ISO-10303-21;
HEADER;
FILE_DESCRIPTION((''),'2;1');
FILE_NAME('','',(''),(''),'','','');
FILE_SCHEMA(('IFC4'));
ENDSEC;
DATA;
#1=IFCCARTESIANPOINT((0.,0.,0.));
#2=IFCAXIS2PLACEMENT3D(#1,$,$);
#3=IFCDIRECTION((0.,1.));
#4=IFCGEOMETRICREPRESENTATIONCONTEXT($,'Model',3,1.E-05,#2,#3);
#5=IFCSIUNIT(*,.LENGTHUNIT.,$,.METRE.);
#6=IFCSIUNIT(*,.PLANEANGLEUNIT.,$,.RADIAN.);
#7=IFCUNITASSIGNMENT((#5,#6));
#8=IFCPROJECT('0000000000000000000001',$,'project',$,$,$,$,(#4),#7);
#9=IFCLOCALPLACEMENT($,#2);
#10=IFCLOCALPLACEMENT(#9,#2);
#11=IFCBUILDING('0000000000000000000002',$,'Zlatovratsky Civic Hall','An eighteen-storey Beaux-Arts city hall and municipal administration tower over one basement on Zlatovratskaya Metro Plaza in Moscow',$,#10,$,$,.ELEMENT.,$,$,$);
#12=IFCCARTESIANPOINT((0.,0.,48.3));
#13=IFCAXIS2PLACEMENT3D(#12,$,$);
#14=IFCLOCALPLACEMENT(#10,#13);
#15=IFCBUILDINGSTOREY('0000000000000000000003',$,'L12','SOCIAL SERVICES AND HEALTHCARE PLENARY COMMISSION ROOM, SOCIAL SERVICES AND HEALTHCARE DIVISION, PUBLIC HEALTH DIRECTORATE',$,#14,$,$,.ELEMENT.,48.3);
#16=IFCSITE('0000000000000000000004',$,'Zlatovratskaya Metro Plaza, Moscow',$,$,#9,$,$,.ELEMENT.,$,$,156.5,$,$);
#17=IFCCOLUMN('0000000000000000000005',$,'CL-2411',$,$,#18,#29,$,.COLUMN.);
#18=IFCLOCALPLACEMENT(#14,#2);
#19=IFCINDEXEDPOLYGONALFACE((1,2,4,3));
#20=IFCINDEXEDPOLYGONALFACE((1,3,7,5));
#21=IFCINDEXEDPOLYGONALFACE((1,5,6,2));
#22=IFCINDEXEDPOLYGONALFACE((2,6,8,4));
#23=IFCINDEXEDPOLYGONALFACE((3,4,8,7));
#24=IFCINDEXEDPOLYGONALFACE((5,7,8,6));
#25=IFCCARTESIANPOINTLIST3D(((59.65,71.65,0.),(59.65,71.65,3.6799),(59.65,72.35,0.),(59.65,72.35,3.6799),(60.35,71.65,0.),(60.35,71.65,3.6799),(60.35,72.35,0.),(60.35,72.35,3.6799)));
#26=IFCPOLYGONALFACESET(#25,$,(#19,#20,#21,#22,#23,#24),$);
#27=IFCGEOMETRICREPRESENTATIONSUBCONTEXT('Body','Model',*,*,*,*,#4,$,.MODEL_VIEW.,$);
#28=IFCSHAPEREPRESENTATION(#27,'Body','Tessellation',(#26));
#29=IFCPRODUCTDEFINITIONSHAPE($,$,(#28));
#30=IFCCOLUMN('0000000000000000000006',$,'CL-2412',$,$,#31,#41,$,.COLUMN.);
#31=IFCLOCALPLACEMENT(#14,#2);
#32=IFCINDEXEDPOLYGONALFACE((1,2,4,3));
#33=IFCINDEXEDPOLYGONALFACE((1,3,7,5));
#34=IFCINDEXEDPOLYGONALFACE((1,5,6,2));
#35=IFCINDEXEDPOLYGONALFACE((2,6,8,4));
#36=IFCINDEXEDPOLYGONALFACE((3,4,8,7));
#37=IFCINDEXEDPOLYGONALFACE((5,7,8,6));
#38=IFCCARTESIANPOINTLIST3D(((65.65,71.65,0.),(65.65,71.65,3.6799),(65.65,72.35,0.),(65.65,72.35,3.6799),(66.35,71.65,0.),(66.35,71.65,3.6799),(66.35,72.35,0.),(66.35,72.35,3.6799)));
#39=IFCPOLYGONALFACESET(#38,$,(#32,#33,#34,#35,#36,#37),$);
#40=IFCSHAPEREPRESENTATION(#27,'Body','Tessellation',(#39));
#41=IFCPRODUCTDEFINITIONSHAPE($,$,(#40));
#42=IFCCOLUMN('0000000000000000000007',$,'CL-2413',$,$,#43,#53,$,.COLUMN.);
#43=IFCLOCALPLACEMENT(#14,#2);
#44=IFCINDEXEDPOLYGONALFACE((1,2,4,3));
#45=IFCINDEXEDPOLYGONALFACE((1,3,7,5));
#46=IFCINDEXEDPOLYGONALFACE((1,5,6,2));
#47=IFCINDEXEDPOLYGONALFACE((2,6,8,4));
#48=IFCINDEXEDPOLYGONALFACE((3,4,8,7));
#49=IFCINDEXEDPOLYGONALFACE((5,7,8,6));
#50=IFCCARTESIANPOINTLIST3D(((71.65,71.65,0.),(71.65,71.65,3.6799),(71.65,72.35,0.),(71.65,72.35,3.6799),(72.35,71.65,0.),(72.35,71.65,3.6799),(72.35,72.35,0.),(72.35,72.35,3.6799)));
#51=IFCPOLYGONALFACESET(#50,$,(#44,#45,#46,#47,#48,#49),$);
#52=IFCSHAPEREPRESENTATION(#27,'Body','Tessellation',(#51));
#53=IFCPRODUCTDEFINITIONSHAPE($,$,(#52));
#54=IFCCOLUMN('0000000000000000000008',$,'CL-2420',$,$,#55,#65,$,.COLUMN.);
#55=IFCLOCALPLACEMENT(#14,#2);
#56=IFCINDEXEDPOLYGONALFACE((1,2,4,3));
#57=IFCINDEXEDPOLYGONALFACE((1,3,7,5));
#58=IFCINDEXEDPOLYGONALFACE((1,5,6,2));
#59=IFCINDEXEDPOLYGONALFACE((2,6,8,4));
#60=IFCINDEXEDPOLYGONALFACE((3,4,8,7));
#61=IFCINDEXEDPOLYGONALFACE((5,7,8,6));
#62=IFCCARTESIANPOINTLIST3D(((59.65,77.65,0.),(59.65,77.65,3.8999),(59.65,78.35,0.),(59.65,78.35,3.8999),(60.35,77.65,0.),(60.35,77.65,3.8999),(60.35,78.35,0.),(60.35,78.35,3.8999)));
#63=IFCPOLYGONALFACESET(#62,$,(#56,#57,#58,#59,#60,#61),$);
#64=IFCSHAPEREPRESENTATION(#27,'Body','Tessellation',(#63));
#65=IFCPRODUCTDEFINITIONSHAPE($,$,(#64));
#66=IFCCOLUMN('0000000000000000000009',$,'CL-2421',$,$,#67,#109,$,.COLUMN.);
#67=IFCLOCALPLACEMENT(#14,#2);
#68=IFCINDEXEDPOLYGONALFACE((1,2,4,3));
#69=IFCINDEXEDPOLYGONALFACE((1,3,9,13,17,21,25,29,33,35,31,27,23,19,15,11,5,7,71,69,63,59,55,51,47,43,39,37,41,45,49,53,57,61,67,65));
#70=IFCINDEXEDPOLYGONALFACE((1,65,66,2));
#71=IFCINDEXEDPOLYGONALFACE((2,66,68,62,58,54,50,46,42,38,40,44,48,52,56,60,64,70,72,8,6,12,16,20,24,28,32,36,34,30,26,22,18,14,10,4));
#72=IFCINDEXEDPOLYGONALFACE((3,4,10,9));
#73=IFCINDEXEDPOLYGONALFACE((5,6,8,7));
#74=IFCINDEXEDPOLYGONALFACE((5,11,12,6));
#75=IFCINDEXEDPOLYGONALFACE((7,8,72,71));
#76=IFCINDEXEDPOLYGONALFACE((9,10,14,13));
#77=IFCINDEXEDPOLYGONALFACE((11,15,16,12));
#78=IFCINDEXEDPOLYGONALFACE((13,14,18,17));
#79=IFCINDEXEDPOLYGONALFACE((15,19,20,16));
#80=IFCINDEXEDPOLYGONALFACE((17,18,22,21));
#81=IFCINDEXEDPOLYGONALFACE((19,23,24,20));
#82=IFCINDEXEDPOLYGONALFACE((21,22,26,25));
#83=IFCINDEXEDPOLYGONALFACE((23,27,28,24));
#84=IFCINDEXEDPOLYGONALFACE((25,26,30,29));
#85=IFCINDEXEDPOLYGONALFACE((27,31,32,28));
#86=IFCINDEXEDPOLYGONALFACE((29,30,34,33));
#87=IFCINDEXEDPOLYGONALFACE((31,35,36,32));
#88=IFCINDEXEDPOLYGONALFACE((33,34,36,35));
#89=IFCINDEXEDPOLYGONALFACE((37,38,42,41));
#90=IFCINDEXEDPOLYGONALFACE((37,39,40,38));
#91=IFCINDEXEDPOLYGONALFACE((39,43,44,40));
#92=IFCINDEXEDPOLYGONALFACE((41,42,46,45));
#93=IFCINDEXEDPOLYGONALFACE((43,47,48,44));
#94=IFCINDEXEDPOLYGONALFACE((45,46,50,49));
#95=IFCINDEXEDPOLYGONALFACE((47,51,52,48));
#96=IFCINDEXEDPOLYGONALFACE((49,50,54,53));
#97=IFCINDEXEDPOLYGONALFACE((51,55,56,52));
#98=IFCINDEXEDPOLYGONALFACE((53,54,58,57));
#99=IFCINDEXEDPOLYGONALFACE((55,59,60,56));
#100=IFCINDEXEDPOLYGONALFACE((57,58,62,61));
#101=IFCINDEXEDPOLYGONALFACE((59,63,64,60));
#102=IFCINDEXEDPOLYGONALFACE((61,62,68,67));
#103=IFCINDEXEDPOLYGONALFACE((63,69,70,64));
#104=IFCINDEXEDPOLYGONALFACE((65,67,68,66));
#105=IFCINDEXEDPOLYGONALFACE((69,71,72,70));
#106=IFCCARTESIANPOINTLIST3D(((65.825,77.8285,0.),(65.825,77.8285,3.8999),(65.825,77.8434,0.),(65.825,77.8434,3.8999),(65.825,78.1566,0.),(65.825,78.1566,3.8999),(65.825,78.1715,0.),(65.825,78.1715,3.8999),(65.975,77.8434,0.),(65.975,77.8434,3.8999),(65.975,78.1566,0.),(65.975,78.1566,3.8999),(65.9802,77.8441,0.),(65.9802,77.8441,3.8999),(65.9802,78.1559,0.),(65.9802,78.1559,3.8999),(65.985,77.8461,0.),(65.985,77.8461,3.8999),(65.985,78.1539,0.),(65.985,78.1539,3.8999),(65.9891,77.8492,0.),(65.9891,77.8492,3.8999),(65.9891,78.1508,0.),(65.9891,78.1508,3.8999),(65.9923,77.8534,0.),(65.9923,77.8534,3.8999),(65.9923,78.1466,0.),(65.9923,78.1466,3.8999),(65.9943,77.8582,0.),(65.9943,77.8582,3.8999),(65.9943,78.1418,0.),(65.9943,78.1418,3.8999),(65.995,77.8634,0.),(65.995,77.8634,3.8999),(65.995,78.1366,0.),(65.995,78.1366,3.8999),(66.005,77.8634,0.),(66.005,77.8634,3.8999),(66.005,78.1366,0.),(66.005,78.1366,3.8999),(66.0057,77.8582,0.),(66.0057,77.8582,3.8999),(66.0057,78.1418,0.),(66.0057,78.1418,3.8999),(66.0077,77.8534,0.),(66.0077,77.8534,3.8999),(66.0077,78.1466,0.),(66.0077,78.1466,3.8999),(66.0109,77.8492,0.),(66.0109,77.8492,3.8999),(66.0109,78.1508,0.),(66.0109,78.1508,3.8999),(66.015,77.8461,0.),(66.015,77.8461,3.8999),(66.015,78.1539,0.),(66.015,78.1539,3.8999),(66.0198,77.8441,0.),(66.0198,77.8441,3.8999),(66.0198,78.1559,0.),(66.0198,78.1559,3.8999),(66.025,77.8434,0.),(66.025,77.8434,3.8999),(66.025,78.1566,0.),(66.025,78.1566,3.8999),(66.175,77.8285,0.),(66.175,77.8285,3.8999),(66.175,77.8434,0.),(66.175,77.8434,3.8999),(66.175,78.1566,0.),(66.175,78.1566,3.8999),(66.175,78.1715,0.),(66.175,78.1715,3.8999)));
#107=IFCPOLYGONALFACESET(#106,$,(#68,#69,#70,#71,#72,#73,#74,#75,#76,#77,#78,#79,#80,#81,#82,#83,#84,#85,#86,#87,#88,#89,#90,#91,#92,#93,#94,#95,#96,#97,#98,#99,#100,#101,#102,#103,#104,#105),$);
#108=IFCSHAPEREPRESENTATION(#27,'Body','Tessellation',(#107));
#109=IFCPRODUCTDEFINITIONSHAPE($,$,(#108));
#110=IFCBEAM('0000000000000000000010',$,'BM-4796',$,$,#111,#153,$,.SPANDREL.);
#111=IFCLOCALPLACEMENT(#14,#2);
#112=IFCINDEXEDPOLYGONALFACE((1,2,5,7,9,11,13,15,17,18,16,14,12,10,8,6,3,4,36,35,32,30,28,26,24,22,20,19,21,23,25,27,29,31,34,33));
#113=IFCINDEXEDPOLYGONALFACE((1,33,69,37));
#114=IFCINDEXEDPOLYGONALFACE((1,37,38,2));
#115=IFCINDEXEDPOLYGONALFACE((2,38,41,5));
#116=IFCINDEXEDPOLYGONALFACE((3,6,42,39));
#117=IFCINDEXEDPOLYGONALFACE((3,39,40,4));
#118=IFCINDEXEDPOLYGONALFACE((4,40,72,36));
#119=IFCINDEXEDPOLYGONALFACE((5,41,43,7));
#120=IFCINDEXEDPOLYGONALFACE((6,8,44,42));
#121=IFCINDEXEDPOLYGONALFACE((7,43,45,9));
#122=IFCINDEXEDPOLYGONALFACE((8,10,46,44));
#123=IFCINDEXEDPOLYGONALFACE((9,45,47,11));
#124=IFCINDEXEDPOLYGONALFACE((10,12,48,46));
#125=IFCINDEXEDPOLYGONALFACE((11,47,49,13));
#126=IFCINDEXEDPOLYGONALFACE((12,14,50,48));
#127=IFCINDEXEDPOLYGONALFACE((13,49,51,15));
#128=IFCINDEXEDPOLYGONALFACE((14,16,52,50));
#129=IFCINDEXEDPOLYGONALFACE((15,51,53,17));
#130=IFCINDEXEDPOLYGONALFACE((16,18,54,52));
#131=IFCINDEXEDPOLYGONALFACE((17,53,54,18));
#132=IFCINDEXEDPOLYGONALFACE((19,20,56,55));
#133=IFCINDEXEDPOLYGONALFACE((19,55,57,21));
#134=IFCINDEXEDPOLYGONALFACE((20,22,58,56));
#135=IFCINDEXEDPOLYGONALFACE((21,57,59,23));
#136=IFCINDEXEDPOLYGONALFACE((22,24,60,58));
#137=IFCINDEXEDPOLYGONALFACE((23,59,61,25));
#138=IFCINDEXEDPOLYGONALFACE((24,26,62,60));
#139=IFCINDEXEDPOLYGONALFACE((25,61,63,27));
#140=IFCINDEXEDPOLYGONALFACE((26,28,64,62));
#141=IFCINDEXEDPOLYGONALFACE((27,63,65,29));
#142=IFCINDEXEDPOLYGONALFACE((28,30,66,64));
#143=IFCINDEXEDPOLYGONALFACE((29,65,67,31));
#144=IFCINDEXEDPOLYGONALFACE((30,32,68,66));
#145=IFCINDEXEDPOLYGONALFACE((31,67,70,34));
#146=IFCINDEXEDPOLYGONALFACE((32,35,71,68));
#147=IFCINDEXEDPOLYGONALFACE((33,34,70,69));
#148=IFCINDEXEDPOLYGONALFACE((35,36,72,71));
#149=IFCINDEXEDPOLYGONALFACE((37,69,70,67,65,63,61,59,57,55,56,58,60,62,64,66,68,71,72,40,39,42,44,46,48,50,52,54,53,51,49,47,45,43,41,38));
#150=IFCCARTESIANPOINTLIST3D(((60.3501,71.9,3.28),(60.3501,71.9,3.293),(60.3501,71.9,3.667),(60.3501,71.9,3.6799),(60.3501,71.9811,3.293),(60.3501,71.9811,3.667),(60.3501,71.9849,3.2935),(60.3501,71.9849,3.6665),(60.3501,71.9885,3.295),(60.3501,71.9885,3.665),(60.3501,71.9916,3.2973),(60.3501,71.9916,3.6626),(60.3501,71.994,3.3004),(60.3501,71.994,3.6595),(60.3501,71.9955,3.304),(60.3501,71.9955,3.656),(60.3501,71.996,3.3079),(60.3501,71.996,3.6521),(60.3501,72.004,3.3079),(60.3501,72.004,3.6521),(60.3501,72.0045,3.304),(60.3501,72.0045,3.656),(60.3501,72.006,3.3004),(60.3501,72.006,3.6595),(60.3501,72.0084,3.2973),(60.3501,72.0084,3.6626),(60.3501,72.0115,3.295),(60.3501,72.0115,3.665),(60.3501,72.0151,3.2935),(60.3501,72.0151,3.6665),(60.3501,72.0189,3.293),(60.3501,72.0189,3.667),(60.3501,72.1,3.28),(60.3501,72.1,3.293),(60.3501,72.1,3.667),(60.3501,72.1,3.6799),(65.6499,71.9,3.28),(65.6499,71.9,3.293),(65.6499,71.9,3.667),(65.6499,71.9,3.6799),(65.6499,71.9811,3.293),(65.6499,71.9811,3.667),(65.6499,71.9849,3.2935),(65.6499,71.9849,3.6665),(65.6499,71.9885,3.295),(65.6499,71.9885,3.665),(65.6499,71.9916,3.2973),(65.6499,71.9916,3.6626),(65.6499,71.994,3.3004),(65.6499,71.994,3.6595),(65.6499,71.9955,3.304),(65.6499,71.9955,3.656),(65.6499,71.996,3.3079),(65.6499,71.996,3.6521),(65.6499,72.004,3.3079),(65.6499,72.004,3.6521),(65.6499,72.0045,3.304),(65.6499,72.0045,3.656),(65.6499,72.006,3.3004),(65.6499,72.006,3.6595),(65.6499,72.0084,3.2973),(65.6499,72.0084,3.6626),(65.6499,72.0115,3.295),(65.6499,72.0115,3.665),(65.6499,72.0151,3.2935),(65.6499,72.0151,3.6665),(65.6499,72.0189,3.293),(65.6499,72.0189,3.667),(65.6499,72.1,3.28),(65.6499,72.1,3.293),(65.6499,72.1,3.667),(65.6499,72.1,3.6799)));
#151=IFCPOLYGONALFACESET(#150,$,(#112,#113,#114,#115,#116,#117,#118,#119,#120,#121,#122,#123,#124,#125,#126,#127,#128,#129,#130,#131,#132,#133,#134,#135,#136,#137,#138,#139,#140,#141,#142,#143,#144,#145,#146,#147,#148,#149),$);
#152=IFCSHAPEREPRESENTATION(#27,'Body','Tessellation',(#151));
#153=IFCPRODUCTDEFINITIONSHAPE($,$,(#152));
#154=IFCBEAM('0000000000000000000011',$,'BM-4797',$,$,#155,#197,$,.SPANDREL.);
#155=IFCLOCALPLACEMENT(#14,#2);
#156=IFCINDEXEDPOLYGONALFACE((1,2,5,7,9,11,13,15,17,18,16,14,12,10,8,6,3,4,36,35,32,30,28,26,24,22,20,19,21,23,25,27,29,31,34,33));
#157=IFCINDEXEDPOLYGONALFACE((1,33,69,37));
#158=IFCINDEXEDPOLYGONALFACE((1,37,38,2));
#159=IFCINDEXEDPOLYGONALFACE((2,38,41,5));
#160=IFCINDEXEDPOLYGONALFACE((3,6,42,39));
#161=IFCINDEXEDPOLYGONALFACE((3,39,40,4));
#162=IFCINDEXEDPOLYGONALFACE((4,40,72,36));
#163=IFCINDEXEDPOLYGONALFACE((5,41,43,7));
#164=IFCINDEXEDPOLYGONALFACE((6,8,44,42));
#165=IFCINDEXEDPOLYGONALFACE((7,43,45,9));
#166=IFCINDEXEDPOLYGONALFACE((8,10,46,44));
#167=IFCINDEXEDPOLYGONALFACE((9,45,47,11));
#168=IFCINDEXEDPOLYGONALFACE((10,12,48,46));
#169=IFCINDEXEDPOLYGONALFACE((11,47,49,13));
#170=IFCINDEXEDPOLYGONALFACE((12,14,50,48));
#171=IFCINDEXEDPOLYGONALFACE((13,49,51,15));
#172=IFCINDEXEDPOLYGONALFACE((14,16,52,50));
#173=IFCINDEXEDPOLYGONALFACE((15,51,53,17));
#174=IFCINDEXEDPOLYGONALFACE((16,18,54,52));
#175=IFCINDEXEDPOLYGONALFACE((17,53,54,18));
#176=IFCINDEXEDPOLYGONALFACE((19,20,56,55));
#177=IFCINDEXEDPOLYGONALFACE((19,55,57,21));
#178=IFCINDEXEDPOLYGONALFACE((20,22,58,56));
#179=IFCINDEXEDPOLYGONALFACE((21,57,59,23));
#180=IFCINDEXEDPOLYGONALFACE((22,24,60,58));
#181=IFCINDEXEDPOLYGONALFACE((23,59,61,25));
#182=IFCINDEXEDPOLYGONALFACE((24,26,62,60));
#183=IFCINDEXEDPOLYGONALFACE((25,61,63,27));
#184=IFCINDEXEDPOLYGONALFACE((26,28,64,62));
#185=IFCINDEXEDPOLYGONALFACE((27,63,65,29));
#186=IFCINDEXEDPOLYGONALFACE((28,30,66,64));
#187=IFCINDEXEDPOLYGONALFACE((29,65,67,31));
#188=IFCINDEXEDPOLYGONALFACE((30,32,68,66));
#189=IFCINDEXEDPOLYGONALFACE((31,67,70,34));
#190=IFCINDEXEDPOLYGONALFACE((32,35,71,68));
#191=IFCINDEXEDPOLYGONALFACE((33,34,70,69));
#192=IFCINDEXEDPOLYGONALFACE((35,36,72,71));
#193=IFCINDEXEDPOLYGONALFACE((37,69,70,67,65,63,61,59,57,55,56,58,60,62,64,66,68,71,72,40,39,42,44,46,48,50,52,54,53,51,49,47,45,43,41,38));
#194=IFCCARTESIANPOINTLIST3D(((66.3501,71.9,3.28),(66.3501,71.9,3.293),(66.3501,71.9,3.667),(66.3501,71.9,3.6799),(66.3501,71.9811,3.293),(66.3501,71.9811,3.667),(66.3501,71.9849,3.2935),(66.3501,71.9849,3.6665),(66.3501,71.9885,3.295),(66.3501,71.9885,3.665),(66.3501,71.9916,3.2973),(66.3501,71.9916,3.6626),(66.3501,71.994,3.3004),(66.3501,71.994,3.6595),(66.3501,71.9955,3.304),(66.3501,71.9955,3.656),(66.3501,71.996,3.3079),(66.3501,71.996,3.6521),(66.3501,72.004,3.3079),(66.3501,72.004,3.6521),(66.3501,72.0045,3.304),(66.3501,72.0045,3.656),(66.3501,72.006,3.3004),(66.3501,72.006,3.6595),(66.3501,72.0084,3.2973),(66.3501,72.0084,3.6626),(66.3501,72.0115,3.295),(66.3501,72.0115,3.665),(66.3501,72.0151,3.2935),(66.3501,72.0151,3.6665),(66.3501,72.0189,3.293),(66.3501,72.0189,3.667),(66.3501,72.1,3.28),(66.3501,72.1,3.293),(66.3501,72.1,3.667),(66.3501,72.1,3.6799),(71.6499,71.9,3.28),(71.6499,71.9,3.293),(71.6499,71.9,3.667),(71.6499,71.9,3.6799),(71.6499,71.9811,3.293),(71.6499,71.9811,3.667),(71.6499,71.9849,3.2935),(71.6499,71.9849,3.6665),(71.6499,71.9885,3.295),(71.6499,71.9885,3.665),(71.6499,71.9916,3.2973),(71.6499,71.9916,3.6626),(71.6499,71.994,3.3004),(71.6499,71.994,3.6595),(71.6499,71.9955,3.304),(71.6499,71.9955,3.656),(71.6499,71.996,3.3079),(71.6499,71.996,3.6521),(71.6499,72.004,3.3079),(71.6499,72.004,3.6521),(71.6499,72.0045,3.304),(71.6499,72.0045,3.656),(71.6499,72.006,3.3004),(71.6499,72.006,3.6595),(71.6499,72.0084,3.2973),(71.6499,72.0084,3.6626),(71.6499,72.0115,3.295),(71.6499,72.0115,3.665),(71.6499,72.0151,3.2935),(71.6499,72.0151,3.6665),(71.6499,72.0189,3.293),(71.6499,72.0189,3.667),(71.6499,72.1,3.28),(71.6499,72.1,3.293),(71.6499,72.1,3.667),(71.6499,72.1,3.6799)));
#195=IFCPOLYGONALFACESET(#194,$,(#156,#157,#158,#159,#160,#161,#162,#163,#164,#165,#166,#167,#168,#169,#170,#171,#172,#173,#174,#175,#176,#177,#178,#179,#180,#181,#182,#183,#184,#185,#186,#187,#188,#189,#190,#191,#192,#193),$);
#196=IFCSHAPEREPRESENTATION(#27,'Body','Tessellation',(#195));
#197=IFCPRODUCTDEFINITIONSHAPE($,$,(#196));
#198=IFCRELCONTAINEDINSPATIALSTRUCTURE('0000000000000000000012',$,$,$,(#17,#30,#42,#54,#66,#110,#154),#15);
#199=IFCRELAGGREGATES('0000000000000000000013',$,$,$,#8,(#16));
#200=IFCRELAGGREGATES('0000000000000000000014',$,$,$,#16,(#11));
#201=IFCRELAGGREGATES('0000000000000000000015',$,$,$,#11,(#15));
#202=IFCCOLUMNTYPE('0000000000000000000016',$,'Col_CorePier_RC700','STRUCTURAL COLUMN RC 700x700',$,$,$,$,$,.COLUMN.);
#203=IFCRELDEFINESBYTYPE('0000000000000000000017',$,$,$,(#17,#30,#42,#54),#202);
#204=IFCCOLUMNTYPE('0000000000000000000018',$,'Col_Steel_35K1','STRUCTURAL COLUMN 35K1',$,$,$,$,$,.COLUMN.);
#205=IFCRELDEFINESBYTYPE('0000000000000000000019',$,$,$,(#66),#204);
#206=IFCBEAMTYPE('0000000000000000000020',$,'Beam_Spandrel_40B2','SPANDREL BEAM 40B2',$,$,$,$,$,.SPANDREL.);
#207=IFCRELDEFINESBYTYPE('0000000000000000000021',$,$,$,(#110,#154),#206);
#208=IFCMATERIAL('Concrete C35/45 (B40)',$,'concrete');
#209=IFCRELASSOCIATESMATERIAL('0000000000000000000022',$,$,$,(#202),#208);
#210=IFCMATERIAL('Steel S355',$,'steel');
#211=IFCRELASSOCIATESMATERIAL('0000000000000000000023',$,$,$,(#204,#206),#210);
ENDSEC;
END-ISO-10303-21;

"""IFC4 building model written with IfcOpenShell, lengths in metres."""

from ifc_helpers import new_model, si_unit, direction, frame, origin, origin_2d, place, context, subcontext, project, spatial, rectangle, i_section, extrude, material, material_profile, profile_set, type_object, element, save


model = new_model("IFC4")

# Units and contexts
model_context = context("Model", 3, precision=1e-05, world=origin(), true_north=direction((0.0, 1.0)))
body_context = subcontext(model_context, "Body", "Model", "MODEL_VIEW")
ifc_project = project(units=[si_unit("LENGTHUNIT", "METRE"), si_unit("PLANEANGLEUNIT", "RADIAN")], contexts=[model_context])

# Site, building, storey
site_placement = place(None, origin())
site = spatial("IfcSite", under=ifc_project, at=site_placement, Name="Zlatovratskaya Metro Plaza, Moscow", CompositionType="ELEMENT", RefElevation=156.5)
building_placement = place(site_placement, origin())
building = spatial("IfcBuilding", under=site, at=building_placement, Name="Zlatovratsky Civic Hall", Description="An eighteen-storey Beaux-Arts city hall and municipal administration tower over one basement on Zlatovratskaya Metro Plaza in Moscow", CompositionType="ELEMENT")
storey_placement = place(building_placement, frame((0.0, 0.0, 48.3)))
storey = spatial("IfcBuildingStorey", under=building, at=storey_placement, Name="L12", Description="SOCIAL SERVICES AND HEALTHCARE PLENARY COMMISSION ROOM, SOCIAL SERVICES AND HEALTHCARE DIVISION, PUBLIC HEALTH DIRECTORATE", CompositionType="ELEMENT", Elevation=48.3)

# Columns
ifc_material_1 = material(Name="Concrete C35/45 (B40)", Category="concrete")
ifc_material_profile_1 = material_profile(ifc_material_1, rectangle(XDim=0.7, YDim=0.7, at=origin_2d()), Name="RC 700x700")
ifc_profile_set_1 = profile_set([ifc_material_profile_1], Name="Concrete C35/45 (B40)")
column_type_1 = type_object("IfcColumnType", Name="Col_CorePier_RC700", Description="STRUCTURAL COLUMN RC 700x700", PredefinedType="COLUMN", material=ifc_profile_set_1)
for number, where, z_axis, x_axis, name in (
    (1, (60.0, 72.0, 0.0), (0.0, 0.0, 1.0), (1.0, 0.0, 0.0), "CL-2411"),
    (2, (66.0, 72.0, 0.0), (0.0, 0.0, 1.0), (1.0, 0.0, 0.0), "CL-2412"),
    (3, (72.0, 72.0, 0.0), (0.0, 0.0, 1.0), (1.0, 0.0, 0.0), "CL-2413"),
):
    element("IfcColumn", number, at=place(storey_placement, frame(where, z_axis=z_axis, x_axis=x_axis)), inside=storey, type_object=column_type_1, Name=name, PredefinedType="COLUMN", context=body_context, shape_type="SweptSolid", body=[
        extrude(rectangle(XDim=0.7, YDim=0.7, at=origin_2d()), origin(), (0.0, 0.0, 1.0), 3.6799),
    ])
column_1_placement = place(storey_placement, frame((60.0, 78.0, 0.0), z_axis=(0.0, 0.0, 1.0), x_axis=(1.0, 0.0, 0.0)))
element("IfcColumn", 4, at=column_1_placement, inside=storey, type_object=column_type_1, Name="CL-2420", PredefinedType="COLUMN", context=body_context, shape_type="SweptSolid", body=[
    extrude(rectangle(XDim=0.7, YDim=0.7, at=origin_2d()), origin(), (0.0, 0.0, 1.0), 3.8999),
])
ifc_material_2 = material(Name="Steel S355", Category="steel")
ifc_material_profile_2 = material_profile(ifc_material_2, i_section(OverallWidth=0.3501, OverallDepth=0.343, WebThickness=0.01, FlangeThickness=0.0149, FilletRadius=0.02, at=origin_2d()), Name="35K1")
ifc_profile_set_2 = profile_set([ifc_material_profile_2], Name="Steel S355")
column_type_2 = type_object("IfcColumnType", Name="Col_Steel_35K1", Description="STRUCTURAL COLUMN 35K1", PredefinedType="COLUMN", material=ifc_profile_set_2)
column_2_placement = place(storey_placement, frame((66.0, 78.0, 0.0), z_axis=(0.0, 0.0, 1.0), x_axis=(1.0, 0.0, 0.0)))
element("IfcColumn", 5, at=column_2_placement, inside=storey, type_object=column_type_2, Name="CL-2421", PredefinedType="COLUMN", context=body_context, shape_type="SweptSolid", body=[
    extrude(i_section(OverallWidth=0.3501, OverallDepth=0.343, WebThickness=0.01, FlangeThickness=0.0149, FilletRadius=0.02, at=origin_2d()), origin(), (0.0, 0.0, 1.0), 3.8999),
])

# Beams
ifc_material_profile_3 = material_profile(ifc_material_2, i_section(OverallWidth=0.2, OverallDepth=0.3999, WebThickness=0.0081, FlangeThickness=0.0129, FilletRadius=0.0149, at=origin_2d()), Name="40B2")
ifc_profile_set_3 = profile_set([ifc_material_profile_3], Name="Steel S355")
beam_type_1 = type_object("IfcBeamType", Name="Beam_Spandrel_40B2", Description="SPANDREL BEAM 40B2", PredefinedType="SPANDREL", material=ifc_profile_set_3)
for number, where, z_axis, x_axis, name in (
    (6, (60.3501, 72.0, 3.48), (1.0, 0.0, 0.0), (0.0, 1.0, 0.0), "BM-4796"),
    (7, (66.3501, 72.0, 3.48), (1.0, 0.0, 0.0), (0.0, 1.0, 0.0), "BM-4797"),
):
    element("IfcBeam", number, at=place(storey_placement, frame(where, z_axis=z_axis, x_axis=x_axis)), inside=storey, type_object=beam_type_1, Name=name, PredefinedType="SPANDREL", context=body_context, shape_type="SweptSolid", body=[
        extrude(i_section(OverallWidth=0.2, OverallDepth=0.3999, WebThickness=0.0081, FlangeThickness=0.0129, FilletRadius=0.0149, at=origin_2d()), origin(), (0.0, 0.0, 1.0), 5.2998),
    ])

save(model, "model.ifc")
